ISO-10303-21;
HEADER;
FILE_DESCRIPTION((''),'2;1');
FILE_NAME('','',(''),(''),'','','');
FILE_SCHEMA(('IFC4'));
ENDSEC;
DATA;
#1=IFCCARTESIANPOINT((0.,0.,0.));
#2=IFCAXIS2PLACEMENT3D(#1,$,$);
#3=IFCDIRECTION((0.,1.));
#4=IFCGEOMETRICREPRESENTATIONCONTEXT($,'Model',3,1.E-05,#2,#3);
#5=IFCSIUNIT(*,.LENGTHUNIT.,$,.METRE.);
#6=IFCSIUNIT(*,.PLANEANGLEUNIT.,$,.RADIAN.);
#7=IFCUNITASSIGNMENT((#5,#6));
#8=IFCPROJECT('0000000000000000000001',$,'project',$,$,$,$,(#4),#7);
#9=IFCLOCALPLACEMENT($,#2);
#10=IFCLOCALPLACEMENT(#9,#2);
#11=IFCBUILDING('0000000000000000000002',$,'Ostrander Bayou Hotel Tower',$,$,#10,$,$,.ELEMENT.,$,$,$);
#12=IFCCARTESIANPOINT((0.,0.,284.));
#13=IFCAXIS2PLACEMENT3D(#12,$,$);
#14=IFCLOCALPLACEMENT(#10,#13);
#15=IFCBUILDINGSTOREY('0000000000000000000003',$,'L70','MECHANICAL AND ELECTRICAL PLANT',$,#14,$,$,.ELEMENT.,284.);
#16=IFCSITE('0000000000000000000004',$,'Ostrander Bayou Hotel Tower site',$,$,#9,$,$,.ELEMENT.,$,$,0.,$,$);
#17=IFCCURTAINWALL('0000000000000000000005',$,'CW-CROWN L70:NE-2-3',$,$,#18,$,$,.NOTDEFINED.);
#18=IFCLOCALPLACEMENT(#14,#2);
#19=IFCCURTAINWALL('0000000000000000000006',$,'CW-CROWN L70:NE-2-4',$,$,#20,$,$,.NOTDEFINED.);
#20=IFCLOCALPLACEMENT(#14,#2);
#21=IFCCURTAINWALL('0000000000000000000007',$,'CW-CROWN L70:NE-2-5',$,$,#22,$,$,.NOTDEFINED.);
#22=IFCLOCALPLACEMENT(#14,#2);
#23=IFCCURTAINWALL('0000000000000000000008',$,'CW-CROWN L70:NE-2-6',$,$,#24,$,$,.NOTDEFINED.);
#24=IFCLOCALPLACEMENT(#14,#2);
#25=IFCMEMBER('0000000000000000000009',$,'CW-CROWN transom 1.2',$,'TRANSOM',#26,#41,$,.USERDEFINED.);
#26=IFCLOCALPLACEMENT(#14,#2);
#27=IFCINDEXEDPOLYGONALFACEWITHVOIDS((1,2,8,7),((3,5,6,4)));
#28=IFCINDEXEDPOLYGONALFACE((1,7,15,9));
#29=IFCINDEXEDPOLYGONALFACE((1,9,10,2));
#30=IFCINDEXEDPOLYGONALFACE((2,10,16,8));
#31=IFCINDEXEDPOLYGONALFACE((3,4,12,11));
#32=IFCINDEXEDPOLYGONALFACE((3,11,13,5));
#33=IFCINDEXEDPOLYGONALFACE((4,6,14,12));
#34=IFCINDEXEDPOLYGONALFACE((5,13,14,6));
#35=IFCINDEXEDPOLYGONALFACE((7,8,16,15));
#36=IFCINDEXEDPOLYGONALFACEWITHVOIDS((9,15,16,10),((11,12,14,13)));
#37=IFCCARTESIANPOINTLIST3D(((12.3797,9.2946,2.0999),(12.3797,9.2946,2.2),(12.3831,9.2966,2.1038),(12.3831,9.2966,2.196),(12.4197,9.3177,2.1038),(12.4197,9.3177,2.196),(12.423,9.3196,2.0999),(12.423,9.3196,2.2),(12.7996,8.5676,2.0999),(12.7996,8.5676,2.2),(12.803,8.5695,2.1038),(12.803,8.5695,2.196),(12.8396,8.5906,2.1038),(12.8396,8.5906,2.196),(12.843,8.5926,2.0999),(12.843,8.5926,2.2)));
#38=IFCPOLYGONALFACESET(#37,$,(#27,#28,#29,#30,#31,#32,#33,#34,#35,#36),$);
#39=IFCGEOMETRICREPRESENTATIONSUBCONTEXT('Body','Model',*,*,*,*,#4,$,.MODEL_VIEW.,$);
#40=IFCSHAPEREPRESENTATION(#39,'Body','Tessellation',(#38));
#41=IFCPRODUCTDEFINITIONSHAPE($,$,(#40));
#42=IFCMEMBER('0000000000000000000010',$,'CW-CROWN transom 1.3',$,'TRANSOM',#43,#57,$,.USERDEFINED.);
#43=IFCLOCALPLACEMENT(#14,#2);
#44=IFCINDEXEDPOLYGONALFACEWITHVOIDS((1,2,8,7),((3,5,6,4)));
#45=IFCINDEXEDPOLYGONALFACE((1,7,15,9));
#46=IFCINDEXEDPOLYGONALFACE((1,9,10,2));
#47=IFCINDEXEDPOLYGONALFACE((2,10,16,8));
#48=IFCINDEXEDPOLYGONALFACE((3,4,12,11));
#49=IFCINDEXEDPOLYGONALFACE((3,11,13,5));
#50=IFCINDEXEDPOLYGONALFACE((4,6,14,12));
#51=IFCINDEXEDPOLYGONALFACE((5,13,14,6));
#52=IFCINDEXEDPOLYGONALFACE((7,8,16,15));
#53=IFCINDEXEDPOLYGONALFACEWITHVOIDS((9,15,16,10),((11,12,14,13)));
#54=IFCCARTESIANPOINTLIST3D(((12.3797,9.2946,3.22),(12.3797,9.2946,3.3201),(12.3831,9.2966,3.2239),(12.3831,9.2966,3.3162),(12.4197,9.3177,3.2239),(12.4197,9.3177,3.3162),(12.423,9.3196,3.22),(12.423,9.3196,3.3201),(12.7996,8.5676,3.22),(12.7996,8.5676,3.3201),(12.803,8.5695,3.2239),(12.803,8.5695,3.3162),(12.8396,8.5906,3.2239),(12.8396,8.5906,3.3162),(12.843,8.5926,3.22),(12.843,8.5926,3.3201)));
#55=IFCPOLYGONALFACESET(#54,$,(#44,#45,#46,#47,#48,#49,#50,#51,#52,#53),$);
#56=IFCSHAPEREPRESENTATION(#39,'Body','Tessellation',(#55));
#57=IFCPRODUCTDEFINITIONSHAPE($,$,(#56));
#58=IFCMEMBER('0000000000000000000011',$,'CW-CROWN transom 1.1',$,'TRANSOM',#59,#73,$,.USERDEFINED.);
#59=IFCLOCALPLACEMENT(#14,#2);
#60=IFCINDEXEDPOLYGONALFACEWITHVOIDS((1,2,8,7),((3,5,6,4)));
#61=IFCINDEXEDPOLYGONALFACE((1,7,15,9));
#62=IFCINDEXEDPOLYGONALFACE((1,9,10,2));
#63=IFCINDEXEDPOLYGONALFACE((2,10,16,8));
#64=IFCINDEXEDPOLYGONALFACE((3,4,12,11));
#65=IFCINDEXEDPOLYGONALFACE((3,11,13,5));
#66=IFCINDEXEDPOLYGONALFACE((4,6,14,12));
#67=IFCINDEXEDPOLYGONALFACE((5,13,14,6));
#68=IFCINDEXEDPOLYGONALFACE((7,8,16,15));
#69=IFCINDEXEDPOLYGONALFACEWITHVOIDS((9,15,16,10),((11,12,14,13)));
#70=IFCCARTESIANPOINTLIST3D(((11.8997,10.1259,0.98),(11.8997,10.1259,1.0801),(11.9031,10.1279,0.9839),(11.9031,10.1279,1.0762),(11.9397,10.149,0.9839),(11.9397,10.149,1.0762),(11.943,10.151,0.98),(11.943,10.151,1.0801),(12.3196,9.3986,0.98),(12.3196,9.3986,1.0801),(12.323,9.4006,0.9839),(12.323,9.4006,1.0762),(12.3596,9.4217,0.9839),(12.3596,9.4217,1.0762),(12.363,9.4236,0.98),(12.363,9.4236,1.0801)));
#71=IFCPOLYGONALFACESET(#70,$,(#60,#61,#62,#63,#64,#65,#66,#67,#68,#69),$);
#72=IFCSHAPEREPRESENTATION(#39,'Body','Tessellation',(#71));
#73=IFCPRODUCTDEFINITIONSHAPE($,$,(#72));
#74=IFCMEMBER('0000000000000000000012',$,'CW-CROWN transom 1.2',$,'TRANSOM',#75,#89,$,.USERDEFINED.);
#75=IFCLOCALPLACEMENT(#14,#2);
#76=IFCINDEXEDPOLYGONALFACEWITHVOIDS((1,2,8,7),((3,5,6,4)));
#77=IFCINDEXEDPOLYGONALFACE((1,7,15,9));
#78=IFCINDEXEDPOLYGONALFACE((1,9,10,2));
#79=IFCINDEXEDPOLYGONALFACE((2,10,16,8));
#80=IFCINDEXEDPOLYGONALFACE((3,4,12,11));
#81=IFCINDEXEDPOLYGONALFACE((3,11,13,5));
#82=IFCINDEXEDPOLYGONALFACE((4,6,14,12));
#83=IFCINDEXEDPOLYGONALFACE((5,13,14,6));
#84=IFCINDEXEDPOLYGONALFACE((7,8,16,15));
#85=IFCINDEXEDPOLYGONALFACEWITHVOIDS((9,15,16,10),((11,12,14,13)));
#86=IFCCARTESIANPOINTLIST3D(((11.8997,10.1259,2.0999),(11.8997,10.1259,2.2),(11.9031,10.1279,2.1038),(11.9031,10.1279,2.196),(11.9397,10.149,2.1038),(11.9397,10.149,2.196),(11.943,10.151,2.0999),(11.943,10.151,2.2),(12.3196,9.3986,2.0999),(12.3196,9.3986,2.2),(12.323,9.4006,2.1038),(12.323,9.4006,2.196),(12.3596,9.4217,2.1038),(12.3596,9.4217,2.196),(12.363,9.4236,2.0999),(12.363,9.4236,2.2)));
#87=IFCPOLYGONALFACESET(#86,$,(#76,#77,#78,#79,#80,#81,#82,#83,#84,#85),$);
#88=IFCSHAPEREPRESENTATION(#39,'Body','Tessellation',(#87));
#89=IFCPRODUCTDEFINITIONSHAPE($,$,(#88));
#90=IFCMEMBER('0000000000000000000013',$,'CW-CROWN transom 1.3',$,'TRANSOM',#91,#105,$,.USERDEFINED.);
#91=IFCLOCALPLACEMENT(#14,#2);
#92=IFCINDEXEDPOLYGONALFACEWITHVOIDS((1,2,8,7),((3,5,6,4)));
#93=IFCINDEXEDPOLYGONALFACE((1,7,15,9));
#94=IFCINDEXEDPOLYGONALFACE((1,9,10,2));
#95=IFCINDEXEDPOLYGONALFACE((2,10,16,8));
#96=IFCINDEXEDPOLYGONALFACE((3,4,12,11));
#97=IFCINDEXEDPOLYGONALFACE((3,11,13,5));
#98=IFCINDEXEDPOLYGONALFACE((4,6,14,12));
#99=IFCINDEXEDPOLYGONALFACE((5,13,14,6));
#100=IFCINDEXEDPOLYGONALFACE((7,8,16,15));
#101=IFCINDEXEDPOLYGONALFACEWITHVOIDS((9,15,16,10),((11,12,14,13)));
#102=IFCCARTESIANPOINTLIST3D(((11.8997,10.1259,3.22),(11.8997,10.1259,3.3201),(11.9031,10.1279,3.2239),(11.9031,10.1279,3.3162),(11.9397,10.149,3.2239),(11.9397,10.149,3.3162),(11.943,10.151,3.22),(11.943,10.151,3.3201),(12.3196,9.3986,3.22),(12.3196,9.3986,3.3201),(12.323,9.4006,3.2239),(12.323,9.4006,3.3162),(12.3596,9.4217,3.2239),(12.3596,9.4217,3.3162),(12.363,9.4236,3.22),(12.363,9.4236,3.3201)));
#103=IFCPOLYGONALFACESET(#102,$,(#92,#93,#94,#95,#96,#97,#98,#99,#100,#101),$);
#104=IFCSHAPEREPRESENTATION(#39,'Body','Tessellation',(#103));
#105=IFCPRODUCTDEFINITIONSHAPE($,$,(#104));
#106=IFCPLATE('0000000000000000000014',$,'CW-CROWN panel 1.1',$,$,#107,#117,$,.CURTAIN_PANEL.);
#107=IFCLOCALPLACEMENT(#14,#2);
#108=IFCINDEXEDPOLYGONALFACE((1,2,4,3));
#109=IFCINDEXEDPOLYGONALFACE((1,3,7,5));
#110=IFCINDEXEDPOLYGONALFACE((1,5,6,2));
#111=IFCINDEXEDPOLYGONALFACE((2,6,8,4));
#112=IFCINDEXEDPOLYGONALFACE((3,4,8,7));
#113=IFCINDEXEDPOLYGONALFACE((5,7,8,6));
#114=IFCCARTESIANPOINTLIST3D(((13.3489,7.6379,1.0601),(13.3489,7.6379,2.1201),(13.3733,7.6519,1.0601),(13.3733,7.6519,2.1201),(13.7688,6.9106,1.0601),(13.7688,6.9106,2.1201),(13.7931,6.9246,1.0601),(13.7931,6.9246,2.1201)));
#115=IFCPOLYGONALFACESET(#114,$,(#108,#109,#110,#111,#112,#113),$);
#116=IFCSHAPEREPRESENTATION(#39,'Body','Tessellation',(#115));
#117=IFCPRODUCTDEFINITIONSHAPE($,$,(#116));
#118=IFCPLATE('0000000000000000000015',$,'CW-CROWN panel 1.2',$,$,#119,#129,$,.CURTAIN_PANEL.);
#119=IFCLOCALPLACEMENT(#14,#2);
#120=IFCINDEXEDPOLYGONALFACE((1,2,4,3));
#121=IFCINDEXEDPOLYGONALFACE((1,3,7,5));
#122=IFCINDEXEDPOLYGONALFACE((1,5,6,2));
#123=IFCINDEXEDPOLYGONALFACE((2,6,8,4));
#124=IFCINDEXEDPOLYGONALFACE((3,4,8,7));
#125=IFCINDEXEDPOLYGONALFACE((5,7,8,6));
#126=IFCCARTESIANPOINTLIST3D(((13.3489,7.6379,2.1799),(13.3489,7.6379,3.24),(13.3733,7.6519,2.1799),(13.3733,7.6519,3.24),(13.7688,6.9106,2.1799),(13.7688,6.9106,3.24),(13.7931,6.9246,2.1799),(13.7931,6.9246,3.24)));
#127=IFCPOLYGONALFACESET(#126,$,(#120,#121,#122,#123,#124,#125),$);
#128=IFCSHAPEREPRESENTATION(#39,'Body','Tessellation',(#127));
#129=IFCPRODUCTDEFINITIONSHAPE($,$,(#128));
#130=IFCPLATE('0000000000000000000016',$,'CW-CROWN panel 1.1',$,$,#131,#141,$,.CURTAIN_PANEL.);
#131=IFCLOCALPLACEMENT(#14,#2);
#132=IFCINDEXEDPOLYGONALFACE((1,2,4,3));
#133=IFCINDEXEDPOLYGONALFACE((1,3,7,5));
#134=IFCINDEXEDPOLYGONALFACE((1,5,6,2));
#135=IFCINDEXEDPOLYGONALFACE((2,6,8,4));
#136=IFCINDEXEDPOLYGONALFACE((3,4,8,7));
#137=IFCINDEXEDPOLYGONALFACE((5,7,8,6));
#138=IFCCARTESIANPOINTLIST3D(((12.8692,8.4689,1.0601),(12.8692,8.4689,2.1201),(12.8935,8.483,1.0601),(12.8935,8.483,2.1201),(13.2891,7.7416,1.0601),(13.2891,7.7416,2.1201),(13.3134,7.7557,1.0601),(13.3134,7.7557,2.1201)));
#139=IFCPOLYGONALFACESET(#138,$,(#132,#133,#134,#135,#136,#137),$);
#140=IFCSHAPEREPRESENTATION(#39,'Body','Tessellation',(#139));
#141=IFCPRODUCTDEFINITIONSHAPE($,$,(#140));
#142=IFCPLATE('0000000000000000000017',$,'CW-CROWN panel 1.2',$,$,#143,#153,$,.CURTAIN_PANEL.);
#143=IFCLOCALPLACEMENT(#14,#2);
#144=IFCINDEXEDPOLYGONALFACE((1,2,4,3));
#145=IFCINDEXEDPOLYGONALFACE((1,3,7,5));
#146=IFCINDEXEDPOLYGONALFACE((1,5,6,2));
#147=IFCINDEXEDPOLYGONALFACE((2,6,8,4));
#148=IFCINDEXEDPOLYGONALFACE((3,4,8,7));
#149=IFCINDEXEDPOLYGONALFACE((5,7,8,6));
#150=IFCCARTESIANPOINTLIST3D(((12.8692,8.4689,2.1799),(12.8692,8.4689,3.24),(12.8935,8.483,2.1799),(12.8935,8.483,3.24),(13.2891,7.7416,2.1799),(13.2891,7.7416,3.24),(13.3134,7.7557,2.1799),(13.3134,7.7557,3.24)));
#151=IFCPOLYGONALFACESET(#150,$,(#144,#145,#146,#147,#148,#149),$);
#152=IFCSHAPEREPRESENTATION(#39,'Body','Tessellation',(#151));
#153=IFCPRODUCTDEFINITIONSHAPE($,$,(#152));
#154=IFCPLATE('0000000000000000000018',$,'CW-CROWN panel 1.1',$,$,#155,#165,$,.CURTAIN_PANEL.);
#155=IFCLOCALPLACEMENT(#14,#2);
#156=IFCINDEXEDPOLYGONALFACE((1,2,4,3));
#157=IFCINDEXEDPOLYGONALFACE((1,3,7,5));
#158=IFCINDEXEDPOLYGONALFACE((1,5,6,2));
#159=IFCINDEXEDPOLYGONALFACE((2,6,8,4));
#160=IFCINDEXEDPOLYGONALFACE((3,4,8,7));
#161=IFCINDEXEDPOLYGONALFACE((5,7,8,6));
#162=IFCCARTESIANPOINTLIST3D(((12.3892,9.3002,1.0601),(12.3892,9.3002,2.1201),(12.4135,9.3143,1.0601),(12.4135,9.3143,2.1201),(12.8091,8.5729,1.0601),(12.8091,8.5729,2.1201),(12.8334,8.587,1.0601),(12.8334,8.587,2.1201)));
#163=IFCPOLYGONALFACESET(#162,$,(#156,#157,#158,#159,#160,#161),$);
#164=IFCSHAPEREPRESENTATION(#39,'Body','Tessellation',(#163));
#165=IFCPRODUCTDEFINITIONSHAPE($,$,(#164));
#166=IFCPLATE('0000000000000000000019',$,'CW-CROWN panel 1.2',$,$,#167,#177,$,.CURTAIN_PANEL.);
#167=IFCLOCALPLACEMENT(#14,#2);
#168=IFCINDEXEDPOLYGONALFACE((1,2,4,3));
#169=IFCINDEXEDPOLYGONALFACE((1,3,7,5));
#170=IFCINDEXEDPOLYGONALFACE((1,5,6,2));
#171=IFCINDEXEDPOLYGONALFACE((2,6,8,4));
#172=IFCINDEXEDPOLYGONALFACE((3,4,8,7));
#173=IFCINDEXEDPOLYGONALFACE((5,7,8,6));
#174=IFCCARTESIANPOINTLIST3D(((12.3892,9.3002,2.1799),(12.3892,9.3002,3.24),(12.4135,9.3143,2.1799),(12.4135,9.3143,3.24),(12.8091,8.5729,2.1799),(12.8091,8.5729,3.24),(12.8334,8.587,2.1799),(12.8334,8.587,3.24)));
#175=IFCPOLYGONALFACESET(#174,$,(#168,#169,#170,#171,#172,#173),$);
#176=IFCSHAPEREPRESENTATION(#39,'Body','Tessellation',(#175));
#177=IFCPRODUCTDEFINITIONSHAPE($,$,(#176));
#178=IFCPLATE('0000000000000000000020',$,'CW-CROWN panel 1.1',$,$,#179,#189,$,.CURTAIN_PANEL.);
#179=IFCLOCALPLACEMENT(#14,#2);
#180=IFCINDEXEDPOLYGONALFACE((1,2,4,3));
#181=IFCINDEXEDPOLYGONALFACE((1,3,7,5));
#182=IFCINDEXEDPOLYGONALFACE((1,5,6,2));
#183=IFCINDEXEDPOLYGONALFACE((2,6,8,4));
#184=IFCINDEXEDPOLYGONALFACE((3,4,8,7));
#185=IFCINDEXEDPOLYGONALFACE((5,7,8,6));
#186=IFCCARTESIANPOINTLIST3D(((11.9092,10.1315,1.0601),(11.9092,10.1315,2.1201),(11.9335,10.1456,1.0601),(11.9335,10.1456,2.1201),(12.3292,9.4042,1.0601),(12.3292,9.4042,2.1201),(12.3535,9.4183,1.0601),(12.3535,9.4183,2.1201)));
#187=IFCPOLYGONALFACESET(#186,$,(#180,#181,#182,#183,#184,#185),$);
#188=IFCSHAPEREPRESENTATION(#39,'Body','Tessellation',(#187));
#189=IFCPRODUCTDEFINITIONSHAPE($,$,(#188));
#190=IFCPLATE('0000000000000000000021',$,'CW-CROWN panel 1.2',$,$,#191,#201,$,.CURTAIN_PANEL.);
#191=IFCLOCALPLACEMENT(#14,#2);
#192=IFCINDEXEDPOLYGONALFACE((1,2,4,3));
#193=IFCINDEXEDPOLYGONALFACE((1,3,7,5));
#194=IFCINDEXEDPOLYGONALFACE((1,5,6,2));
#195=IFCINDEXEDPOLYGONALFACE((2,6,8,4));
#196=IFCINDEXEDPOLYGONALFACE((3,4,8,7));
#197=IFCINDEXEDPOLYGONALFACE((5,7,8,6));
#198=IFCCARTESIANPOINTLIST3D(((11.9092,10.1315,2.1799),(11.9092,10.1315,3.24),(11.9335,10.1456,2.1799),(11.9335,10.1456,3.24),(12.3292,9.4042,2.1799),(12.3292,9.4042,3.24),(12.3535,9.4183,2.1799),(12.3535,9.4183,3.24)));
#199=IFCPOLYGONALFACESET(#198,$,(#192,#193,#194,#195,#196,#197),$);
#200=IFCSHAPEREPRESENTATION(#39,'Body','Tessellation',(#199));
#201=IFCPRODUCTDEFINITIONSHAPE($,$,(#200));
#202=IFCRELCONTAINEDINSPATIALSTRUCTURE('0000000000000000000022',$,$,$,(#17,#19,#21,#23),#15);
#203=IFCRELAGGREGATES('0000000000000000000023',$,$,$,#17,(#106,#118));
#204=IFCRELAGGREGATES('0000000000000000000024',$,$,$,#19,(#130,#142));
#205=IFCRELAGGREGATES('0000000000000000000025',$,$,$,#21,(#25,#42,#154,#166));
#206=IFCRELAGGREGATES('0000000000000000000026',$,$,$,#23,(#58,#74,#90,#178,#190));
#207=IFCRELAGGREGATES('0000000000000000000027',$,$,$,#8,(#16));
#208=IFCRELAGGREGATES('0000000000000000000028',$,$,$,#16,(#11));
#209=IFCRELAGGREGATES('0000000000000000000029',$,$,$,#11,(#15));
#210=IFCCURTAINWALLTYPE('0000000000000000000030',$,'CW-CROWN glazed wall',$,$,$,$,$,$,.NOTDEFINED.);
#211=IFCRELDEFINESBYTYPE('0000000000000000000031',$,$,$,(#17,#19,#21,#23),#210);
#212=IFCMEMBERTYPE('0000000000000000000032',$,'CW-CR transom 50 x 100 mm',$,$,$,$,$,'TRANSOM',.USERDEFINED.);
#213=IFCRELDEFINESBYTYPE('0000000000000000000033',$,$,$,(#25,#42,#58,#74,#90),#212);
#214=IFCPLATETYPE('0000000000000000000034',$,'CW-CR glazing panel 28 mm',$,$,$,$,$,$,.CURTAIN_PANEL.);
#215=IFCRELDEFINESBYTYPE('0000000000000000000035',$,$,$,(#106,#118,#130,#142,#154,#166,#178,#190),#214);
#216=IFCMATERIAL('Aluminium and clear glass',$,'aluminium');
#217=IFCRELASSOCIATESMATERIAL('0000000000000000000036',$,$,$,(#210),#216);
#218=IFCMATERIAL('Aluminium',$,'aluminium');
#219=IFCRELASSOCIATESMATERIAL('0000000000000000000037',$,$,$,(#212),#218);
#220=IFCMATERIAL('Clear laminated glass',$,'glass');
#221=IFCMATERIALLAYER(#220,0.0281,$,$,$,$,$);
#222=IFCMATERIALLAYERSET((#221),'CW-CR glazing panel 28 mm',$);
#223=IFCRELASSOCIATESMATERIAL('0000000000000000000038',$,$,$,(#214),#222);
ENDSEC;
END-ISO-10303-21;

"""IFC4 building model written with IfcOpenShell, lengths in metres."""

from ifc_helpers import new_model, si_unit, direction, frame, origin, origin_2d, place, context, subcontext, project, spatial, rectangle, hollow_rectangle, extrude, material, layer, layer_set, material_profile, profile_set, type_object, element, aggregate, save


model = new_model("IFC4")

# Units and contexts
model_context = context("Model", 3, precision=1e-05, world=origin(), true_north=direction((0.0, 1.0)))
body_context = subcontext(model_context, "Body", "Model", "MODEL_VIEW")
ifc_project = project(units=[si_unit("LENGTHUNIT", "METRE"), si_unit("PLANEANGLEUNIT", "RADIAN")], contexts=[model_context])

# Site, building, storey
site_placement = place(None, origin())
site = spatial("IfcSite", under=ifc_project, at=site_placement, Name="Ostrander Bayou Hotel Tower site", CompositionType="ELEMENT", RefElevation=0.0)
building_placement = place(site_placement, origin())
building = spatial("IfcBuilding", under=site, at=building_placement, Name="Ostrander Bayou Hotel Tower", CompositionType="ELEMENT")
storey_placement = place(building_placement, frame((0.0, 0.0, 284.0)))
storey = spatial("IfcBuildingStorey", under=building, at=storey_placement, Name="L70", Description="MECHANICAL AND ELECTRICAL PLANT", CompositionType="ELEMENT", Elevation=284.0)

# Curtain wall
ifc_material_1 = material(Name="Aluminium and clear glass", Category="aluminium")
curtain_wall_type = type_object("IfcCurtainWallType", Name="CW-CROWN glazed wall", PredefinedType="NOTDEFINED", material=ifc_material_1)
curtain_wall_1_placement = place(storey_placement, origin())
curtain_wall_1 = element("IfcCurtainWall", 1, at=curtain_wall_1_placement, inside=storey, type_object=curtain_wall_type, Name="CW-CROWN L70:NE-2-3", PredefinedType="NOTDEFINED")

# Curtain walls
curtain_wall_2_placement = place(storey_placement, origin())
curtain_wall_2 = element("IfcCurtainWall", 2, at=curtain_wall_2_placement, inside=storey, type_object=curtain_wall_type, Name="CW-CROWN L70:NE-2-4", PredefinedType="NOTDEFINED")
curtain_wall_3_placement = place(storey_placement, origin())
curtain_wall_3 = element("IfcCurtainWall", 3, at=curtain_wall_3_placement, inside=storey, type_object=curtain_wall_type, Name="CW-CROWN L70:NE-2-5", PredefinedType="NOTDEFINED")
curtain_wall_4_placement = place(storey_placement, origin())
curtain_wall_4 = element("IfcCurtainWall", 4, at=curtain_wall_4_placement, inside=storey, type_object=curtain_wall_type, Name="CW-CROWN L70:NE-2-6", PredefinedType="NOTDEFINED")

# Members
ifc_material_2 = material(Name="Aluminium", Category="aluminium")
ifc_material_profile_1 = material_profile(ifc_material_2, hollow_rectangle(XDim=0.05, YDim=0.1001, WallThickness=0.0039, at=origin_2d()))
ifc_profile_set_1 = profile_set([ifc_material_profile_1], Name="Aluminium")
member_type_1 = type_object("IfcMemberType", Name="CW-CR transom 50 x 100 mm", ElementType="TRANSOM", PredefinedType="USERDEFINED", material=ifc_profile_set_1)
member_1_placement = place(storey_placement, frame((12.8213, 8.5801, 2.1499), z_axis=(-0.500142, 0.865943, 0.0), x_axis=(-0.865943, -0.500142, 0.0)))
member_1 = element("IfcMember", 5, at=member_1_placement, type_object=member_type_1, Name="CW-CROWN transom 1.2", ObjectType="TRANSOM", PredefinedType="USERDEFINED", context=body_context, shape_type="SweptSolid", body=[
    extrude(hollow_rectangle(XDim=0.05, YDim=0.1001, WallThickness=0.0039, at=origin_2d()), origin(), (0.0, 0.0, 1.0), 0.8396),
])
member_2_placement = place(storey_placement, frame((12.8213, 8.5801, 3.27), z_axis=(-0.500142, 0.865943, 0.0), x_axis=(-0.865943, -0.500142, 0.0)))
member_2 = element("IfcMember", 6, at=member_2_placement, type_object=member_type_1, Name="CW-CROWN transom 1.3", ObjectType="TRANSOM", PredefinedType="USERDEFINED", context=body_context, shape_type="SweptSolid", body=[
    extrude(hollow_rectangle(XDim=0.05, YDim=0.1001, WallThickness=0.0039, at=origin_2d()), origin(), (0.0, 0.0, 1.0), 0.8396),
])
member_3_placement = place(storey_placement, frame((12.3413, 9.4111, 1.03), z_axis=(-0.500016, 0.866016, 0.0), x_axis=(-0.866016, -0.500016, 0.0)))
member_3 = element("IfcMember", 7, at=member_3_placement, type_object=member_type_1, Name="CW-CROWN transom 1.1", ObjectType="TRANSOM", PredefinedType="USERDEFINED", context=body_context, shape_type="SweptSolid", body=[
    extrude(hollow_rectangle(XDim=0.05, YDim=0.1001, WallThickness=0.0039, at=origin_2d()), origin(), (0.0, 0.0, 1.0), 0.8398),
])
member_4_placement = place(storey_placement, frame((12.3413, 9.4111, 2.1499), z_axis=(-0.500016, 0.866016, 0.0), x_axis=(-0.866016, -0.500016, 0.0)))
member_4 = element("IfcMember", 8, at=member_4_placement, type_object=member_type_1, Name="CW-CROWN transom 1.2", ObjectType="TRANSOM", PredefinedType="USERDEFINED", context=body_context, shape_type="SweptSolid", body=[
    extrude(hollow_rectangle(XDim=0.05, YDim=0.1001, WallThickness=0.0039, at=origin_2d()), origin(), (0.0, 0.0, 1.0), 0.8398),
])
member_5_placement = place(storey_placement, frame((12.3413, 9.4111, 3.27), z_axis=(-0.500016, 0.866016, 0.0), x_axis=(-0.866016, -0.500016, 0.0)))
member_5 = element("IfcMember", 9, at=member_5_placement, type_object=member_type_1, Name="CW-CROWN transom 1.3", ObjectType="TRANSOM", PredefinedType="USERDEFINED", context=body_context, shape_type="SweptSolid", body=[
    extrude(hollow_rectangle(XDim=0.05, YDim=0.1001, WallThickness=0.0039, at=origin_2d()), origin(), (0.0, 0.0, 1.0), 0.8398),
])

# Plates
ifc_material_3 = material(Name="Clear laminated glass", Category="glass")
ifc_layer_1 = layer(ifc_material_3, 0.0281)
ifc_layer_set_1 = layer_set([ifc_layer_1], Name="CW-CR glazing panel 28 mm")
plate_type = type_object("IfcPlateType", Name="CW-CR glazing panel 28 mm", PredefinedType="CURTAIN_PANEL", material=ifc_layer_set_1)
plate_1_placement = place(storey_placement, frame((13.571, 7.2812, 1.0601), z_axis=(0.0, 0.0, 1.0), x_axis=(-0.49996, 0.866049, 0.0)))
plate_1 = element("IfcPlate", 10, at=plate_1_placement, type_object=plate_type, Name="CW-CROWN panel 1.1", PredefinedType="CURTAIN_PANEL", context=body_context, shape_type="SweptSolid", body=[
    extrude(rectangle(XDim=0.8398, YDim=0.0281, at=origin_2d()), origin(), (0.0, 0.0, 1.0), 1.0601),
])
plate_2_placement = place(storey_placement, frame((13.571, 7.2812, 2.1799), z_axis=(0.0, 0.0, 1.0), x_axis=(-0.49996, 0.866049, 0.0)))
plate_2 = element("IfcPlate", 11, at=plate_2_placement, type_object=plate_type, Name="CW-CROWN panel 1.2", PredefinedType="CURTAIN_PANEL", context=body_context, shape_type="SweptSolid", body=[
    extrude(rectangle(XDim=0.8398, YDim=0.0281, at=origin_2d()), origin(), (0.0, 0.0, 1.0), 1.0601),
])
aggregate(curtain_wall_1, [plate_1, plate_2])
plate_3_placement = place(storey_placement, frame((13.0913, 8.1123, 1.0601), z_axis=(0.0, 0.0, 1.0), x_axis=(-0.500005, 0.866022, 0.0)))
plate_3 = element("IfcPlate", 12, at=plate_3_placement, type_object=plate_type, Name="CW-CROWN panel 1.1", PredefinedType="CURTAIN_PANEL", context=body_context, shape_type="SweptSolid", body=[
    extrude(rectangle(XDim=0.8398, YDim=0.0281, at=origin_2d()), origin(), (0.0, 0.0, 1.0), 1.0601),
])
plate_4_placement = place(storey_placement, frame((13.0913, 8.1123, 2.1799), z_axis=(0.0, 0.0, 1.0), x_axis=(-0.500005, 0.866022, 0.0)))
plate_4 = element("IfcPlate", 13, at=plate_4_placement, type_object=plate_type, Name="CW-CROWN panel 1.2", PredefinedType="CURTAIN_PANEL", context=body_context, shape_type="SweptSolid", body=[
    extrude(rectangle(XDim=0.8398, YDim=0.0281, at=origin_2d()), origin(), (0.0, 0.0, 1.0), 1.0601),
])
aggregate(curtain_wall_2, [plate_3, plate_4])
plate_5_placement = place(storey_placement, frame((12.6113, 8.9436, 1.0601), z_axis=(0.0, 0.0, 1.0), x_axis=(-0.500005, 0.866022, 0.0)))
plate_5 = element("IfcPlate", 14, at=plate_5_placement, type_object=plate_type, Name="CW-CROWN panel 1.1", PredefinedType="CURTAIN_PANEL", context=body_context, shape_type="SweptSolid", body=[
    extrude(rectangle(XDim=0.8398, YDim=0.0281, at=origin_2d()), origin(), (0.0, 0.0, 1.0), 1.0601),
])
plate_6_placement = place(storey_placement, frame((12.6113, 8.9436, 2.1799), z_axis=(0.0, 0.0, 1.0), x_axis=(-0.500005, 0.866022, 0.0)))
plate_6 = element("IfcPlate", 15, at=plate_6_placement, type_object=plate_type, Name="CW-CROWN panel 1.2", PredefinedType="CURTAIN_PANEL", context=body_context, shape_type="SweptSolid", body=[
    extrude(rectangle(XDim=0.8398, YDim=0.0281, at=origin_2d()), origin(), (0.0, 0.0, 1.0), 1.0601),
])
aggregate(curtain_wall_3, [member_1, member_2, plate_5, plate_6])
plate_7_placement = place(storey_placement, frame((12.1313, 9.7749, 1.0601), z_axis=(0.0, 0.0, 1.0), x_axis=(-0.500005, 0.866022, 0.0)))
plate_7 = element("IfcPlate", 16, at=plate_7_placement, type_object=plate_type, Name="CW-CROWN panel 1.1", PredefinedType="CURTAIN_PANEL", context=body_context, shape_type="SweptSolid", body=[
    extrude(rectangle(XDim=0.8398, YDim=0.0281, at=origin_2d()), origin(), (0.0, 0.0, 1.0), 1.0601),
])
plate_8_placement = place(storey_placement, frame((12.1313, 9.7749, 2.1799), z_axis=(0.0, 0.0, 1.0), x_axis=(-0.500005, 0.866022, 0.0)))
plate_8 = element("IfcPlate", 17, at=plate_8_placement, type_object=plate_type, Name="CW-CROWN panel 1.2", PredefinedType="CURTAIN_PANEL", context=body_context, shape_type="SweptSolid", body=[
    extrude(rectangle(XDim=0.8398, YDim=0.0281, at=origin_2d()), origin(), (0.0, 0.0, 1.0), 1.0601),
])
aggregate(curtain_wall_4, [member_3, member_4, member_5, plate_7, plate_8])

save(model, "model.ifc")
